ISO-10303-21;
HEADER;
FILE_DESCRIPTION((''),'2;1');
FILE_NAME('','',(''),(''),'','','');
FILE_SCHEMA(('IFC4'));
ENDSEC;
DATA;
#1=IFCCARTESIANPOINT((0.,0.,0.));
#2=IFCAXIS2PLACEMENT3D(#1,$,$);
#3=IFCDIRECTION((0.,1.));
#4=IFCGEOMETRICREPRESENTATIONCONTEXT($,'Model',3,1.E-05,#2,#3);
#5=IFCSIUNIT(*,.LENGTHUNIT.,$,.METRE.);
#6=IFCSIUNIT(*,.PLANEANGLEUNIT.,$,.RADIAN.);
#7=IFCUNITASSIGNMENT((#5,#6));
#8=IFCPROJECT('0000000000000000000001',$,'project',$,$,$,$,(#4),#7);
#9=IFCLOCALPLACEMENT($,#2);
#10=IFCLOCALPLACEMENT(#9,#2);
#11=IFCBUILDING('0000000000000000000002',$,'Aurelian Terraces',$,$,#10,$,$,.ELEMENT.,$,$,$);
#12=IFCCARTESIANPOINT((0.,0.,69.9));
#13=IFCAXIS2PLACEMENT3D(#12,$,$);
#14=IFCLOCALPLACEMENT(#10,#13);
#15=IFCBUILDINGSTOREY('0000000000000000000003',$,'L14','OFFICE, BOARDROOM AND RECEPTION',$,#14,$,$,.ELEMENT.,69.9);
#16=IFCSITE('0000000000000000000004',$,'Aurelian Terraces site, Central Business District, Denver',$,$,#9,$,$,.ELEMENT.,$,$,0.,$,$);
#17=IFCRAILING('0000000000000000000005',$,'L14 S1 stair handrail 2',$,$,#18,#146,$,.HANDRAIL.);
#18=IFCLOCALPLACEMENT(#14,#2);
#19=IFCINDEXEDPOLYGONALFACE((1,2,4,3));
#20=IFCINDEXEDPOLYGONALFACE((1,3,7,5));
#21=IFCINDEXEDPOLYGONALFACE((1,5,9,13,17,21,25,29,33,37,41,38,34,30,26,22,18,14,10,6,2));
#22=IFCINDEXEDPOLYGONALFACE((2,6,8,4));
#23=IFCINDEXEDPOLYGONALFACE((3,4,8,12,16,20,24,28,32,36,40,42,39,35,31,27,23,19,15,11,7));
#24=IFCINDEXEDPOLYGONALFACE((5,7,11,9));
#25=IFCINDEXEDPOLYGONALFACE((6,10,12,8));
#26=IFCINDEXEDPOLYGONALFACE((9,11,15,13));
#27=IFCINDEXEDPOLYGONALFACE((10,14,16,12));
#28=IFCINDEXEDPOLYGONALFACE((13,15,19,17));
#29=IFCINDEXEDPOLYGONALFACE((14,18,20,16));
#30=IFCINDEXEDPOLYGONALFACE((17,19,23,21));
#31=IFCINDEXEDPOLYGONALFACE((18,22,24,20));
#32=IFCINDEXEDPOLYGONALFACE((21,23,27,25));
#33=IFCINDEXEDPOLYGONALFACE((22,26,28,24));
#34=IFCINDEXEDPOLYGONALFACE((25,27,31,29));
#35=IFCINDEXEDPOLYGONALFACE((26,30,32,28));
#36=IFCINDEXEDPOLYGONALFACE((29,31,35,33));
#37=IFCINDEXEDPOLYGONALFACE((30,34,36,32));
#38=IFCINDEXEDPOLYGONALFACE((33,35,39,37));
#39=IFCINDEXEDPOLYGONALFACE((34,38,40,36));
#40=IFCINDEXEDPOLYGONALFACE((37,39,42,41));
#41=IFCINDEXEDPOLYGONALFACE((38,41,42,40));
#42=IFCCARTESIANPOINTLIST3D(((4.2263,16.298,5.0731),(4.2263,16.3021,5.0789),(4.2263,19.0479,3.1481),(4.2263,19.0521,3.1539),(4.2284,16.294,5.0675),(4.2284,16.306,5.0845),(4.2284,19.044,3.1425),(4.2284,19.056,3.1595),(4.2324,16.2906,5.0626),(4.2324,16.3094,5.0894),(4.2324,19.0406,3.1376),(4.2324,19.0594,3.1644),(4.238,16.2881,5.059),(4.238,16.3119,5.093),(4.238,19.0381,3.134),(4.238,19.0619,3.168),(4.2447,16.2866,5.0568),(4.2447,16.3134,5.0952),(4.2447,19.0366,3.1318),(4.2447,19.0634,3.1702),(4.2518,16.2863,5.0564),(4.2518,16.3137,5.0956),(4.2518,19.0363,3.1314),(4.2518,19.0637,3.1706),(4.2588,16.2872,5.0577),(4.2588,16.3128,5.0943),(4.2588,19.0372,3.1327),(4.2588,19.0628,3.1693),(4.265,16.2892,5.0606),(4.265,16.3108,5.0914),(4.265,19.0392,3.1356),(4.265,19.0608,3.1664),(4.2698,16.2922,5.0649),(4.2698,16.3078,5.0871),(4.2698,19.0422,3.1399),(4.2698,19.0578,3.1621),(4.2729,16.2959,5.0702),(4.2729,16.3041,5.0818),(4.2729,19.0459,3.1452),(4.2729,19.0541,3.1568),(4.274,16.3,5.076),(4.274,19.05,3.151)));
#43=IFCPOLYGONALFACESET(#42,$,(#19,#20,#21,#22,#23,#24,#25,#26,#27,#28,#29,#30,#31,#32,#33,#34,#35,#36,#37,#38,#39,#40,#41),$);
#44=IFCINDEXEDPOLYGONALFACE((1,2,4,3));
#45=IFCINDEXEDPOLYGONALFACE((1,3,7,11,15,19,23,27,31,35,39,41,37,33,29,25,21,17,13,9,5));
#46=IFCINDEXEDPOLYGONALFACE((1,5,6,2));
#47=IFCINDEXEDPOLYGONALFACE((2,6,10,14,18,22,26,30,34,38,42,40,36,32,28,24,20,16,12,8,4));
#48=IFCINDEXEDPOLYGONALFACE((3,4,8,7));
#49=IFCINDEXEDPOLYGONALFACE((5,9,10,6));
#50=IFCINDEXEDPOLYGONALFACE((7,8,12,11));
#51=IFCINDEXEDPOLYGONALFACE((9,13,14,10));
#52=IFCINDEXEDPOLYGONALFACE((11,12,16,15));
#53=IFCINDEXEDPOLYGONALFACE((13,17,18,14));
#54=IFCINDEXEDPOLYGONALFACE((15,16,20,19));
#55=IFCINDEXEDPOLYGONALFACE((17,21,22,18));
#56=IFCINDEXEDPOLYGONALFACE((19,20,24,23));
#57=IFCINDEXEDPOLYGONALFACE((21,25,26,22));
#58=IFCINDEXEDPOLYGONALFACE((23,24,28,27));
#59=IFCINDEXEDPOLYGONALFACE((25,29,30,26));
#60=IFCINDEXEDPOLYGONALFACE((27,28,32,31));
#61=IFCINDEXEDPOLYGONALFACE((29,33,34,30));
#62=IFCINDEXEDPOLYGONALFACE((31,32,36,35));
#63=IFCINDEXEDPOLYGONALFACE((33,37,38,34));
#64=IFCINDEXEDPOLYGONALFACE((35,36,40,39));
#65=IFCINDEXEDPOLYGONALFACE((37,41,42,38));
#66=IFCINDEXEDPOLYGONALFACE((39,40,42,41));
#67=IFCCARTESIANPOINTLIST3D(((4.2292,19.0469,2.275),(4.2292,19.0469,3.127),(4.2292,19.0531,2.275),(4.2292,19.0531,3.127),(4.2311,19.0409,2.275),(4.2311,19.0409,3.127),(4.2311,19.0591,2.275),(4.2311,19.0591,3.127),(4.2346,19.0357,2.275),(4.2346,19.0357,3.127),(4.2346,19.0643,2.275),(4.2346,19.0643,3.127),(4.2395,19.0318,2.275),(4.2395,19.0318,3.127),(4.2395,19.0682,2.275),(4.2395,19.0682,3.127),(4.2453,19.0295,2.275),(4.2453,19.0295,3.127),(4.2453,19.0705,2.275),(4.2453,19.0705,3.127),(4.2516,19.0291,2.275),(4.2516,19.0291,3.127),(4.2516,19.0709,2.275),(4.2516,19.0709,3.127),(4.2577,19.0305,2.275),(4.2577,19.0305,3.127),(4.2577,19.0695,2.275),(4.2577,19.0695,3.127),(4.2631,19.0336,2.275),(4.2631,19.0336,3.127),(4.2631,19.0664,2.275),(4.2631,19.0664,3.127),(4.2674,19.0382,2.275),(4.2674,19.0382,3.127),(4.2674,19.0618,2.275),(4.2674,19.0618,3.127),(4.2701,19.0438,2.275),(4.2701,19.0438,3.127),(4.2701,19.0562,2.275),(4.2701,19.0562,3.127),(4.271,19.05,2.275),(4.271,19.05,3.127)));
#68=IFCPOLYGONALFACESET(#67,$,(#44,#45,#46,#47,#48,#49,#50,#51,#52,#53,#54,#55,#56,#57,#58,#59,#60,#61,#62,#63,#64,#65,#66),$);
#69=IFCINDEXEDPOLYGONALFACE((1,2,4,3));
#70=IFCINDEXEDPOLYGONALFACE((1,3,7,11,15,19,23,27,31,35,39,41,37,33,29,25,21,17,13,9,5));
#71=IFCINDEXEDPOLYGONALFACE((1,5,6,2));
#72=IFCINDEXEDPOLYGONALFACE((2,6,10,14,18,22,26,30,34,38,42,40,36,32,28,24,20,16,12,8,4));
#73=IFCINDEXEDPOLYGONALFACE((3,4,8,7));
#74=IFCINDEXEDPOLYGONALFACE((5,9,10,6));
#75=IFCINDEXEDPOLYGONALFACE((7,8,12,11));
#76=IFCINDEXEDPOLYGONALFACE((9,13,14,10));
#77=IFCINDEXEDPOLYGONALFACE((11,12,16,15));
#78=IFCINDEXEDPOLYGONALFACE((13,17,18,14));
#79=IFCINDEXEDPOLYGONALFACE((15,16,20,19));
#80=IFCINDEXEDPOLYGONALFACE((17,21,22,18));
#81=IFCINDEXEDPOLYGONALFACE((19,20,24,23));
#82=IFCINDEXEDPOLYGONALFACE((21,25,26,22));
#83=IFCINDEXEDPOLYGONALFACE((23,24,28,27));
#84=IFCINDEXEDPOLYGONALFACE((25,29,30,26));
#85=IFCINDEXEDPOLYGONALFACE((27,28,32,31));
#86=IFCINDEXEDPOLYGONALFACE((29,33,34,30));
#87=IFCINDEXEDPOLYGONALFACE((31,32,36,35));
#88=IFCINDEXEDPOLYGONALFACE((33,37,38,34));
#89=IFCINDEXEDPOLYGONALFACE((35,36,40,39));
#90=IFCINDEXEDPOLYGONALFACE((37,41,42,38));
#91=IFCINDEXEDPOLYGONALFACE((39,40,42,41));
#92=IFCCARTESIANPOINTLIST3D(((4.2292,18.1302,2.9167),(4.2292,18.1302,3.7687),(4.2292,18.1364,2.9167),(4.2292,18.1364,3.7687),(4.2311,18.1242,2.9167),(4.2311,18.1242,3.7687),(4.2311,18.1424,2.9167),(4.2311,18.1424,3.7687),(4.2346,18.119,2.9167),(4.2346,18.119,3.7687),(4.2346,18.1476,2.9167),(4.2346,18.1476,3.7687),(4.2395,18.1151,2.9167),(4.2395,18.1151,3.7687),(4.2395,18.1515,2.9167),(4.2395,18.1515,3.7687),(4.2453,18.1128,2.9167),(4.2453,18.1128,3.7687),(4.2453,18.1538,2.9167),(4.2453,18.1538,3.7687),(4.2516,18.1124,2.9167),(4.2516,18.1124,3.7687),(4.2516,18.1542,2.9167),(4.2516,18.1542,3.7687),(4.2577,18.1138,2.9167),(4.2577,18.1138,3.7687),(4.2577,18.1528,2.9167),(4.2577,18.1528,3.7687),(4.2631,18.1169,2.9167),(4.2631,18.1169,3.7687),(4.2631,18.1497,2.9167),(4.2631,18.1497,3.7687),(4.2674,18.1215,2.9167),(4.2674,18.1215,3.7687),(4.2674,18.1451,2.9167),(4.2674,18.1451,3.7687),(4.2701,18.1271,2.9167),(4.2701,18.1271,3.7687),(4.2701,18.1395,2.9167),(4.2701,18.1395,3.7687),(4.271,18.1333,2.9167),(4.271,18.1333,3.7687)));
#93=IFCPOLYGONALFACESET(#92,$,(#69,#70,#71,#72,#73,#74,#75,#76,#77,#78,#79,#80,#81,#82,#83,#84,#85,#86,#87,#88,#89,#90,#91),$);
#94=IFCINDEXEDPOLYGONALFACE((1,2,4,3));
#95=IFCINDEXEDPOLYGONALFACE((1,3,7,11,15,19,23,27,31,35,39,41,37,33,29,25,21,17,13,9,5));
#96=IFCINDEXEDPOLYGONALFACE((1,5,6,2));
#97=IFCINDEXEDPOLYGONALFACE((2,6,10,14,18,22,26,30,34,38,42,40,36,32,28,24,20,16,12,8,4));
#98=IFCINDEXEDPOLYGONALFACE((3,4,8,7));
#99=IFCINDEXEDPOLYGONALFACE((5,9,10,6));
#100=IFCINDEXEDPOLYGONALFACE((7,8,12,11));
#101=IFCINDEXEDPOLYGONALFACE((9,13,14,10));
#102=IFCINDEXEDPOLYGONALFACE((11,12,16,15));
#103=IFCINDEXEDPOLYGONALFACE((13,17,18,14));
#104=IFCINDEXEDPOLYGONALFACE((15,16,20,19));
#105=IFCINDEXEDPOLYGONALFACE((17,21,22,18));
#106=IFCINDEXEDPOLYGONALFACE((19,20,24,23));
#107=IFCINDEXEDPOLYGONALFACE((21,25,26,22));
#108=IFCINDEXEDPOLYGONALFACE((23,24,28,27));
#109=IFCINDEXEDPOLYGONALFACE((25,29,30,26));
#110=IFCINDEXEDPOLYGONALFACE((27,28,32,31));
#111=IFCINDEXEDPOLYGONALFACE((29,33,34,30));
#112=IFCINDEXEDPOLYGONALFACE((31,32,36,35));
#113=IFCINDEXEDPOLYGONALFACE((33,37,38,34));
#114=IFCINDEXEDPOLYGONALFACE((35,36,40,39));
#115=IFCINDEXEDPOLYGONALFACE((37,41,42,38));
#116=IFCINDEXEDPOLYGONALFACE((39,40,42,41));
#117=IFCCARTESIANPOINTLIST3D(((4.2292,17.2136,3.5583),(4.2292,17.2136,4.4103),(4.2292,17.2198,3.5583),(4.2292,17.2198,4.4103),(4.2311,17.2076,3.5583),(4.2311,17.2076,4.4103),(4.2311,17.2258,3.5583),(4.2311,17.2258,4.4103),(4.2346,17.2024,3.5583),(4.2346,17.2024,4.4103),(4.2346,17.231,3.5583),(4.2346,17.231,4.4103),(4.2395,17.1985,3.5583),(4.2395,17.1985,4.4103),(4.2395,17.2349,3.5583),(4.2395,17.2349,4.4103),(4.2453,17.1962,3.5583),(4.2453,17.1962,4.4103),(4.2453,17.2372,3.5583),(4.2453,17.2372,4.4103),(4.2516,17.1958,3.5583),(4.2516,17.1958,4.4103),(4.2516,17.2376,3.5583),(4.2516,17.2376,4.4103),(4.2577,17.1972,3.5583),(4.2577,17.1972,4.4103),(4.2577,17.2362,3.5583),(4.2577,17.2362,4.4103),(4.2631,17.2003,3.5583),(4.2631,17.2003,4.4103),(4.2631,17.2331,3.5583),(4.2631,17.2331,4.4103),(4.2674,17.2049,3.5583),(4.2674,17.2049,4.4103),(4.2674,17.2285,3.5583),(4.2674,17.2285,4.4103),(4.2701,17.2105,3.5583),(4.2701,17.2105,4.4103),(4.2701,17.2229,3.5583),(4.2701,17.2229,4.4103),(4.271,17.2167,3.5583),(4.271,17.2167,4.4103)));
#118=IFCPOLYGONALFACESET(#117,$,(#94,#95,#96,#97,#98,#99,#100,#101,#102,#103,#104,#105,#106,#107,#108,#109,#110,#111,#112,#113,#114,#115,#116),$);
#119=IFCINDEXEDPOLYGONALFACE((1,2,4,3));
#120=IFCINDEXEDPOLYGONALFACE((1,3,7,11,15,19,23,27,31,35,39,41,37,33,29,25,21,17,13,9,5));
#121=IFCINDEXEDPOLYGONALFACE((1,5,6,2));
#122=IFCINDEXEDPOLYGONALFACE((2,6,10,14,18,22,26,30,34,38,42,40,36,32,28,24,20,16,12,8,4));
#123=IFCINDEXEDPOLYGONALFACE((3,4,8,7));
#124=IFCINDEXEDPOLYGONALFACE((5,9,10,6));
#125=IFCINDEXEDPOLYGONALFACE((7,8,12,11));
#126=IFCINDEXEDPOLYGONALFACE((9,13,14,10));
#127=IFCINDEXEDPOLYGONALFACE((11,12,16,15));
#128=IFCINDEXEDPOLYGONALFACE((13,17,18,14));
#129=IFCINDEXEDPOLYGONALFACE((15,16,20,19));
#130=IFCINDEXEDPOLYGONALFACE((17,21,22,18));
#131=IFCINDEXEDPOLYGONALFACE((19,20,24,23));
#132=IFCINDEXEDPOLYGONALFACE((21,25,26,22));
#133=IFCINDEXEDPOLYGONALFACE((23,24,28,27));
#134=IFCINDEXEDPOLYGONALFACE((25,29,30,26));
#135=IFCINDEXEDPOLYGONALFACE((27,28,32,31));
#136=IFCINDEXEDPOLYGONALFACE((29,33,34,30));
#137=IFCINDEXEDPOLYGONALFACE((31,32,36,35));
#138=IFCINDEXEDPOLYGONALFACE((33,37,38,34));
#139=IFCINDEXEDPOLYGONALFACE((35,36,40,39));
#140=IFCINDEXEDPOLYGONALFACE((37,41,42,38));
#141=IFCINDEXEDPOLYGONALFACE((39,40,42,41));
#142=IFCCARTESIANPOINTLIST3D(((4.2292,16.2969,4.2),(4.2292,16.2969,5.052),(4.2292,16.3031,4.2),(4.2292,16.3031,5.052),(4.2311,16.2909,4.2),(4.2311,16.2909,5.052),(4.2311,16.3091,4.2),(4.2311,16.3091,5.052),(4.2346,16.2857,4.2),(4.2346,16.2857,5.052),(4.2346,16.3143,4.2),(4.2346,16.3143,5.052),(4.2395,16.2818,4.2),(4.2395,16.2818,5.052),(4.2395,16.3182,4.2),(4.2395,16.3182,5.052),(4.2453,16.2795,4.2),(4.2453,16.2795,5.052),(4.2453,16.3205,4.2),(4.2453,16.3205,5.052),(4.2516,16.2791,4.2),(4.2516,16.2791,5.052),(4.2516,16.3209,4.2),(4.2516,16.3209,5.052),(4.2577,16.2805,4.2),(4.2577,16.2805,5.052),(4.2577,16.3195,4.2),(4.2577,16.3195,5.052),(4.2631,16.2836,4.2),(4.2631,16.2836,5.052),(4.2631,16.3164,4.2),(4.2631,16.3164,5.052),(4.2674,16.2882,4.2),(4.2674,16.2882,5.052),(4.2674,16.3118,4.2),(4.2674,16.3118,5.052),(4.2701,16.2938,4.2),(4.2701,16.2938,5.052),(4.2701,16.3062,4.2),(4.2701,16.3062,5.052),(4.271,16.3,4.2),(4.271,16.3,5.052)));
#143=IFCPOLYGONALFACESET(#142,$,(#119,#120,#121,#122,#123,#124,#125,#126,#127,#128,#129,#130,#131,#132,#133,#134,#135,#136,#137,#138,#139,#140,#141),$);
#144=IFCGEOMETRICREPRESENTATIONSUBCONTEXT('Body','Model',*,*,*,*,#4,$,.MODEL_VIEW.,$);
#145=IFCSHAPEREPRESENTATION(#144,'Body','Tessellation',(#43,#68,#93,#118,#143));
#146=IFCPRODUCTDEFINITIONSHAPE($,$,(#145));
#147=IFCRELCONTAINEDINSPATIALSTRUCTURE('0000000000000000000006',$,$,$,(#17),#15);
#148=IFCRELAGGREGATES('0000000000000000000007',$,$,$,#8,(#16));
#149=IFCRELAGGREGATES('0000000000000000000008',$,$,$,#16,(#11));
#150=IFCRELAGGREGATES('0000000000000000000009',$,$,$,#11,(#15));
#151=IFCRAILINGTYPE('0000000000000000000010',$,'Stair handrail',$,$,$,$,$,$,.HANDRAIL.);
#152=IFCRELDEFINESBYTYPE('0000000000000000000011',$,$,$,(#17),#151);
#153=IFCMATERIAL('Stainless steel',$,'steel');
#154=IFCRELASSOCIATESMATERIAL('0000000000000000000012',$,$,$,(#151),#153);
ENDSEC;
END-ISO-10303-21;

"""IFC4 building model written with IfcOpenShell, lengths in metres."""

from ifc_helpers import new_model, si_unit, direction, frame, origin, origin_2d, place, context, subcontext, project, spatial, circle, extrude, source, transform, mapped, material, type_object, element, save


model = new_model("IFC4")

# Units and contexts
model_context = context("Model", 3, precision=1e-05, world=origin(), true_north=direction((0.0, 1.0)))
body_context = subcontext(model_context, "Body", "Model", "MODEL_VIEW")
ifc_project = project(units=[si_unit("LENGTHUNIT", "METRE"), si_unit("PLANEANGLEUNIT", "RADIAN")], contexts=[model_context])

# Site, building, storey
site_placement = place(None, origin())
site = spatial("IfcSite", under=ifc_project, at=site_placement, Name="Aurelian Terraces site, Central Business District, Denver", CompositionType="ELEMENT", RefElevation=0.0)
building_placement = place(site_placement, origin())
building = spatial("IfcBuilding", under=site, at=building_placement, Name="Aurelian Terraces", CompositionType="ELEMENT")
storey_placement = place(building_placement, frame((0.0, 0.0, 69.9)))
storey = spatial("IfcBuildingStorey", under=building, at=storey_placement, Name="L14", Description="OFFICE, BOARDROOM AND RECEPTION", CompositionType="ELEMENT", Elevation=69.9)

# Shared definitions
ifc_material_1 = material(Name="Stainless steel", Category="steel")

# Railing
railing_type_1 = type_object("IfcRailingType", Name="Stair handrail", PredefinedType="HANDRAIL", material=ifc_material_1)
shared_shape_1 = source(origin(), body_context, "Body", "SweptSolid", [
    extrude(circle(Radius=0.024, at=origin_2d()), frame((0.0, 0.0, 0.876), z_axis=(0.0, -0.819232, 0.573462), x_axis=(1.0, 0.0, 0.0)), (0.0, 0.0, 1.0), 3.3568),
    extrude(circle(Radius=0.021, at=origin_2d()), origin(), (0.0, 0.0, 1.0), 0.852),
    extrude(circle(Radius=0.021, at=origin_2d()), frame((0.0, -0.9167, 0.6417)), (0.0, 0.0, 1.0), 0.852),
    extrude(circle(Radius=0.021, at=origin_2d()), frame((0.0, -1.8333, 1.2833)), (0.0, 0.0, 1.0), 0.852),
    extrude(circle(Radius=0.021, at=origin_2d()), frame((0.0, -2.75, 1.925)), (0.0, 0.0, 1.0), 0.852),
])
railing_1_placement = place(storey_placement, frame((4.25, 19.05, 2.275)))
element("IfcRailing", 1, at=railing_1_placement, inside=storey, type_object=railing_type_1, Name="L14 S1 stair handrail 2", PredefinedType="HANDRAIL", context=body_context, shape_type="MappedRepresentation", body=[
    mapped(shared_shape_1, transform((0.0, 0.0, 0.0), scale=1.0)),
])

save(model, "model.ifc")
